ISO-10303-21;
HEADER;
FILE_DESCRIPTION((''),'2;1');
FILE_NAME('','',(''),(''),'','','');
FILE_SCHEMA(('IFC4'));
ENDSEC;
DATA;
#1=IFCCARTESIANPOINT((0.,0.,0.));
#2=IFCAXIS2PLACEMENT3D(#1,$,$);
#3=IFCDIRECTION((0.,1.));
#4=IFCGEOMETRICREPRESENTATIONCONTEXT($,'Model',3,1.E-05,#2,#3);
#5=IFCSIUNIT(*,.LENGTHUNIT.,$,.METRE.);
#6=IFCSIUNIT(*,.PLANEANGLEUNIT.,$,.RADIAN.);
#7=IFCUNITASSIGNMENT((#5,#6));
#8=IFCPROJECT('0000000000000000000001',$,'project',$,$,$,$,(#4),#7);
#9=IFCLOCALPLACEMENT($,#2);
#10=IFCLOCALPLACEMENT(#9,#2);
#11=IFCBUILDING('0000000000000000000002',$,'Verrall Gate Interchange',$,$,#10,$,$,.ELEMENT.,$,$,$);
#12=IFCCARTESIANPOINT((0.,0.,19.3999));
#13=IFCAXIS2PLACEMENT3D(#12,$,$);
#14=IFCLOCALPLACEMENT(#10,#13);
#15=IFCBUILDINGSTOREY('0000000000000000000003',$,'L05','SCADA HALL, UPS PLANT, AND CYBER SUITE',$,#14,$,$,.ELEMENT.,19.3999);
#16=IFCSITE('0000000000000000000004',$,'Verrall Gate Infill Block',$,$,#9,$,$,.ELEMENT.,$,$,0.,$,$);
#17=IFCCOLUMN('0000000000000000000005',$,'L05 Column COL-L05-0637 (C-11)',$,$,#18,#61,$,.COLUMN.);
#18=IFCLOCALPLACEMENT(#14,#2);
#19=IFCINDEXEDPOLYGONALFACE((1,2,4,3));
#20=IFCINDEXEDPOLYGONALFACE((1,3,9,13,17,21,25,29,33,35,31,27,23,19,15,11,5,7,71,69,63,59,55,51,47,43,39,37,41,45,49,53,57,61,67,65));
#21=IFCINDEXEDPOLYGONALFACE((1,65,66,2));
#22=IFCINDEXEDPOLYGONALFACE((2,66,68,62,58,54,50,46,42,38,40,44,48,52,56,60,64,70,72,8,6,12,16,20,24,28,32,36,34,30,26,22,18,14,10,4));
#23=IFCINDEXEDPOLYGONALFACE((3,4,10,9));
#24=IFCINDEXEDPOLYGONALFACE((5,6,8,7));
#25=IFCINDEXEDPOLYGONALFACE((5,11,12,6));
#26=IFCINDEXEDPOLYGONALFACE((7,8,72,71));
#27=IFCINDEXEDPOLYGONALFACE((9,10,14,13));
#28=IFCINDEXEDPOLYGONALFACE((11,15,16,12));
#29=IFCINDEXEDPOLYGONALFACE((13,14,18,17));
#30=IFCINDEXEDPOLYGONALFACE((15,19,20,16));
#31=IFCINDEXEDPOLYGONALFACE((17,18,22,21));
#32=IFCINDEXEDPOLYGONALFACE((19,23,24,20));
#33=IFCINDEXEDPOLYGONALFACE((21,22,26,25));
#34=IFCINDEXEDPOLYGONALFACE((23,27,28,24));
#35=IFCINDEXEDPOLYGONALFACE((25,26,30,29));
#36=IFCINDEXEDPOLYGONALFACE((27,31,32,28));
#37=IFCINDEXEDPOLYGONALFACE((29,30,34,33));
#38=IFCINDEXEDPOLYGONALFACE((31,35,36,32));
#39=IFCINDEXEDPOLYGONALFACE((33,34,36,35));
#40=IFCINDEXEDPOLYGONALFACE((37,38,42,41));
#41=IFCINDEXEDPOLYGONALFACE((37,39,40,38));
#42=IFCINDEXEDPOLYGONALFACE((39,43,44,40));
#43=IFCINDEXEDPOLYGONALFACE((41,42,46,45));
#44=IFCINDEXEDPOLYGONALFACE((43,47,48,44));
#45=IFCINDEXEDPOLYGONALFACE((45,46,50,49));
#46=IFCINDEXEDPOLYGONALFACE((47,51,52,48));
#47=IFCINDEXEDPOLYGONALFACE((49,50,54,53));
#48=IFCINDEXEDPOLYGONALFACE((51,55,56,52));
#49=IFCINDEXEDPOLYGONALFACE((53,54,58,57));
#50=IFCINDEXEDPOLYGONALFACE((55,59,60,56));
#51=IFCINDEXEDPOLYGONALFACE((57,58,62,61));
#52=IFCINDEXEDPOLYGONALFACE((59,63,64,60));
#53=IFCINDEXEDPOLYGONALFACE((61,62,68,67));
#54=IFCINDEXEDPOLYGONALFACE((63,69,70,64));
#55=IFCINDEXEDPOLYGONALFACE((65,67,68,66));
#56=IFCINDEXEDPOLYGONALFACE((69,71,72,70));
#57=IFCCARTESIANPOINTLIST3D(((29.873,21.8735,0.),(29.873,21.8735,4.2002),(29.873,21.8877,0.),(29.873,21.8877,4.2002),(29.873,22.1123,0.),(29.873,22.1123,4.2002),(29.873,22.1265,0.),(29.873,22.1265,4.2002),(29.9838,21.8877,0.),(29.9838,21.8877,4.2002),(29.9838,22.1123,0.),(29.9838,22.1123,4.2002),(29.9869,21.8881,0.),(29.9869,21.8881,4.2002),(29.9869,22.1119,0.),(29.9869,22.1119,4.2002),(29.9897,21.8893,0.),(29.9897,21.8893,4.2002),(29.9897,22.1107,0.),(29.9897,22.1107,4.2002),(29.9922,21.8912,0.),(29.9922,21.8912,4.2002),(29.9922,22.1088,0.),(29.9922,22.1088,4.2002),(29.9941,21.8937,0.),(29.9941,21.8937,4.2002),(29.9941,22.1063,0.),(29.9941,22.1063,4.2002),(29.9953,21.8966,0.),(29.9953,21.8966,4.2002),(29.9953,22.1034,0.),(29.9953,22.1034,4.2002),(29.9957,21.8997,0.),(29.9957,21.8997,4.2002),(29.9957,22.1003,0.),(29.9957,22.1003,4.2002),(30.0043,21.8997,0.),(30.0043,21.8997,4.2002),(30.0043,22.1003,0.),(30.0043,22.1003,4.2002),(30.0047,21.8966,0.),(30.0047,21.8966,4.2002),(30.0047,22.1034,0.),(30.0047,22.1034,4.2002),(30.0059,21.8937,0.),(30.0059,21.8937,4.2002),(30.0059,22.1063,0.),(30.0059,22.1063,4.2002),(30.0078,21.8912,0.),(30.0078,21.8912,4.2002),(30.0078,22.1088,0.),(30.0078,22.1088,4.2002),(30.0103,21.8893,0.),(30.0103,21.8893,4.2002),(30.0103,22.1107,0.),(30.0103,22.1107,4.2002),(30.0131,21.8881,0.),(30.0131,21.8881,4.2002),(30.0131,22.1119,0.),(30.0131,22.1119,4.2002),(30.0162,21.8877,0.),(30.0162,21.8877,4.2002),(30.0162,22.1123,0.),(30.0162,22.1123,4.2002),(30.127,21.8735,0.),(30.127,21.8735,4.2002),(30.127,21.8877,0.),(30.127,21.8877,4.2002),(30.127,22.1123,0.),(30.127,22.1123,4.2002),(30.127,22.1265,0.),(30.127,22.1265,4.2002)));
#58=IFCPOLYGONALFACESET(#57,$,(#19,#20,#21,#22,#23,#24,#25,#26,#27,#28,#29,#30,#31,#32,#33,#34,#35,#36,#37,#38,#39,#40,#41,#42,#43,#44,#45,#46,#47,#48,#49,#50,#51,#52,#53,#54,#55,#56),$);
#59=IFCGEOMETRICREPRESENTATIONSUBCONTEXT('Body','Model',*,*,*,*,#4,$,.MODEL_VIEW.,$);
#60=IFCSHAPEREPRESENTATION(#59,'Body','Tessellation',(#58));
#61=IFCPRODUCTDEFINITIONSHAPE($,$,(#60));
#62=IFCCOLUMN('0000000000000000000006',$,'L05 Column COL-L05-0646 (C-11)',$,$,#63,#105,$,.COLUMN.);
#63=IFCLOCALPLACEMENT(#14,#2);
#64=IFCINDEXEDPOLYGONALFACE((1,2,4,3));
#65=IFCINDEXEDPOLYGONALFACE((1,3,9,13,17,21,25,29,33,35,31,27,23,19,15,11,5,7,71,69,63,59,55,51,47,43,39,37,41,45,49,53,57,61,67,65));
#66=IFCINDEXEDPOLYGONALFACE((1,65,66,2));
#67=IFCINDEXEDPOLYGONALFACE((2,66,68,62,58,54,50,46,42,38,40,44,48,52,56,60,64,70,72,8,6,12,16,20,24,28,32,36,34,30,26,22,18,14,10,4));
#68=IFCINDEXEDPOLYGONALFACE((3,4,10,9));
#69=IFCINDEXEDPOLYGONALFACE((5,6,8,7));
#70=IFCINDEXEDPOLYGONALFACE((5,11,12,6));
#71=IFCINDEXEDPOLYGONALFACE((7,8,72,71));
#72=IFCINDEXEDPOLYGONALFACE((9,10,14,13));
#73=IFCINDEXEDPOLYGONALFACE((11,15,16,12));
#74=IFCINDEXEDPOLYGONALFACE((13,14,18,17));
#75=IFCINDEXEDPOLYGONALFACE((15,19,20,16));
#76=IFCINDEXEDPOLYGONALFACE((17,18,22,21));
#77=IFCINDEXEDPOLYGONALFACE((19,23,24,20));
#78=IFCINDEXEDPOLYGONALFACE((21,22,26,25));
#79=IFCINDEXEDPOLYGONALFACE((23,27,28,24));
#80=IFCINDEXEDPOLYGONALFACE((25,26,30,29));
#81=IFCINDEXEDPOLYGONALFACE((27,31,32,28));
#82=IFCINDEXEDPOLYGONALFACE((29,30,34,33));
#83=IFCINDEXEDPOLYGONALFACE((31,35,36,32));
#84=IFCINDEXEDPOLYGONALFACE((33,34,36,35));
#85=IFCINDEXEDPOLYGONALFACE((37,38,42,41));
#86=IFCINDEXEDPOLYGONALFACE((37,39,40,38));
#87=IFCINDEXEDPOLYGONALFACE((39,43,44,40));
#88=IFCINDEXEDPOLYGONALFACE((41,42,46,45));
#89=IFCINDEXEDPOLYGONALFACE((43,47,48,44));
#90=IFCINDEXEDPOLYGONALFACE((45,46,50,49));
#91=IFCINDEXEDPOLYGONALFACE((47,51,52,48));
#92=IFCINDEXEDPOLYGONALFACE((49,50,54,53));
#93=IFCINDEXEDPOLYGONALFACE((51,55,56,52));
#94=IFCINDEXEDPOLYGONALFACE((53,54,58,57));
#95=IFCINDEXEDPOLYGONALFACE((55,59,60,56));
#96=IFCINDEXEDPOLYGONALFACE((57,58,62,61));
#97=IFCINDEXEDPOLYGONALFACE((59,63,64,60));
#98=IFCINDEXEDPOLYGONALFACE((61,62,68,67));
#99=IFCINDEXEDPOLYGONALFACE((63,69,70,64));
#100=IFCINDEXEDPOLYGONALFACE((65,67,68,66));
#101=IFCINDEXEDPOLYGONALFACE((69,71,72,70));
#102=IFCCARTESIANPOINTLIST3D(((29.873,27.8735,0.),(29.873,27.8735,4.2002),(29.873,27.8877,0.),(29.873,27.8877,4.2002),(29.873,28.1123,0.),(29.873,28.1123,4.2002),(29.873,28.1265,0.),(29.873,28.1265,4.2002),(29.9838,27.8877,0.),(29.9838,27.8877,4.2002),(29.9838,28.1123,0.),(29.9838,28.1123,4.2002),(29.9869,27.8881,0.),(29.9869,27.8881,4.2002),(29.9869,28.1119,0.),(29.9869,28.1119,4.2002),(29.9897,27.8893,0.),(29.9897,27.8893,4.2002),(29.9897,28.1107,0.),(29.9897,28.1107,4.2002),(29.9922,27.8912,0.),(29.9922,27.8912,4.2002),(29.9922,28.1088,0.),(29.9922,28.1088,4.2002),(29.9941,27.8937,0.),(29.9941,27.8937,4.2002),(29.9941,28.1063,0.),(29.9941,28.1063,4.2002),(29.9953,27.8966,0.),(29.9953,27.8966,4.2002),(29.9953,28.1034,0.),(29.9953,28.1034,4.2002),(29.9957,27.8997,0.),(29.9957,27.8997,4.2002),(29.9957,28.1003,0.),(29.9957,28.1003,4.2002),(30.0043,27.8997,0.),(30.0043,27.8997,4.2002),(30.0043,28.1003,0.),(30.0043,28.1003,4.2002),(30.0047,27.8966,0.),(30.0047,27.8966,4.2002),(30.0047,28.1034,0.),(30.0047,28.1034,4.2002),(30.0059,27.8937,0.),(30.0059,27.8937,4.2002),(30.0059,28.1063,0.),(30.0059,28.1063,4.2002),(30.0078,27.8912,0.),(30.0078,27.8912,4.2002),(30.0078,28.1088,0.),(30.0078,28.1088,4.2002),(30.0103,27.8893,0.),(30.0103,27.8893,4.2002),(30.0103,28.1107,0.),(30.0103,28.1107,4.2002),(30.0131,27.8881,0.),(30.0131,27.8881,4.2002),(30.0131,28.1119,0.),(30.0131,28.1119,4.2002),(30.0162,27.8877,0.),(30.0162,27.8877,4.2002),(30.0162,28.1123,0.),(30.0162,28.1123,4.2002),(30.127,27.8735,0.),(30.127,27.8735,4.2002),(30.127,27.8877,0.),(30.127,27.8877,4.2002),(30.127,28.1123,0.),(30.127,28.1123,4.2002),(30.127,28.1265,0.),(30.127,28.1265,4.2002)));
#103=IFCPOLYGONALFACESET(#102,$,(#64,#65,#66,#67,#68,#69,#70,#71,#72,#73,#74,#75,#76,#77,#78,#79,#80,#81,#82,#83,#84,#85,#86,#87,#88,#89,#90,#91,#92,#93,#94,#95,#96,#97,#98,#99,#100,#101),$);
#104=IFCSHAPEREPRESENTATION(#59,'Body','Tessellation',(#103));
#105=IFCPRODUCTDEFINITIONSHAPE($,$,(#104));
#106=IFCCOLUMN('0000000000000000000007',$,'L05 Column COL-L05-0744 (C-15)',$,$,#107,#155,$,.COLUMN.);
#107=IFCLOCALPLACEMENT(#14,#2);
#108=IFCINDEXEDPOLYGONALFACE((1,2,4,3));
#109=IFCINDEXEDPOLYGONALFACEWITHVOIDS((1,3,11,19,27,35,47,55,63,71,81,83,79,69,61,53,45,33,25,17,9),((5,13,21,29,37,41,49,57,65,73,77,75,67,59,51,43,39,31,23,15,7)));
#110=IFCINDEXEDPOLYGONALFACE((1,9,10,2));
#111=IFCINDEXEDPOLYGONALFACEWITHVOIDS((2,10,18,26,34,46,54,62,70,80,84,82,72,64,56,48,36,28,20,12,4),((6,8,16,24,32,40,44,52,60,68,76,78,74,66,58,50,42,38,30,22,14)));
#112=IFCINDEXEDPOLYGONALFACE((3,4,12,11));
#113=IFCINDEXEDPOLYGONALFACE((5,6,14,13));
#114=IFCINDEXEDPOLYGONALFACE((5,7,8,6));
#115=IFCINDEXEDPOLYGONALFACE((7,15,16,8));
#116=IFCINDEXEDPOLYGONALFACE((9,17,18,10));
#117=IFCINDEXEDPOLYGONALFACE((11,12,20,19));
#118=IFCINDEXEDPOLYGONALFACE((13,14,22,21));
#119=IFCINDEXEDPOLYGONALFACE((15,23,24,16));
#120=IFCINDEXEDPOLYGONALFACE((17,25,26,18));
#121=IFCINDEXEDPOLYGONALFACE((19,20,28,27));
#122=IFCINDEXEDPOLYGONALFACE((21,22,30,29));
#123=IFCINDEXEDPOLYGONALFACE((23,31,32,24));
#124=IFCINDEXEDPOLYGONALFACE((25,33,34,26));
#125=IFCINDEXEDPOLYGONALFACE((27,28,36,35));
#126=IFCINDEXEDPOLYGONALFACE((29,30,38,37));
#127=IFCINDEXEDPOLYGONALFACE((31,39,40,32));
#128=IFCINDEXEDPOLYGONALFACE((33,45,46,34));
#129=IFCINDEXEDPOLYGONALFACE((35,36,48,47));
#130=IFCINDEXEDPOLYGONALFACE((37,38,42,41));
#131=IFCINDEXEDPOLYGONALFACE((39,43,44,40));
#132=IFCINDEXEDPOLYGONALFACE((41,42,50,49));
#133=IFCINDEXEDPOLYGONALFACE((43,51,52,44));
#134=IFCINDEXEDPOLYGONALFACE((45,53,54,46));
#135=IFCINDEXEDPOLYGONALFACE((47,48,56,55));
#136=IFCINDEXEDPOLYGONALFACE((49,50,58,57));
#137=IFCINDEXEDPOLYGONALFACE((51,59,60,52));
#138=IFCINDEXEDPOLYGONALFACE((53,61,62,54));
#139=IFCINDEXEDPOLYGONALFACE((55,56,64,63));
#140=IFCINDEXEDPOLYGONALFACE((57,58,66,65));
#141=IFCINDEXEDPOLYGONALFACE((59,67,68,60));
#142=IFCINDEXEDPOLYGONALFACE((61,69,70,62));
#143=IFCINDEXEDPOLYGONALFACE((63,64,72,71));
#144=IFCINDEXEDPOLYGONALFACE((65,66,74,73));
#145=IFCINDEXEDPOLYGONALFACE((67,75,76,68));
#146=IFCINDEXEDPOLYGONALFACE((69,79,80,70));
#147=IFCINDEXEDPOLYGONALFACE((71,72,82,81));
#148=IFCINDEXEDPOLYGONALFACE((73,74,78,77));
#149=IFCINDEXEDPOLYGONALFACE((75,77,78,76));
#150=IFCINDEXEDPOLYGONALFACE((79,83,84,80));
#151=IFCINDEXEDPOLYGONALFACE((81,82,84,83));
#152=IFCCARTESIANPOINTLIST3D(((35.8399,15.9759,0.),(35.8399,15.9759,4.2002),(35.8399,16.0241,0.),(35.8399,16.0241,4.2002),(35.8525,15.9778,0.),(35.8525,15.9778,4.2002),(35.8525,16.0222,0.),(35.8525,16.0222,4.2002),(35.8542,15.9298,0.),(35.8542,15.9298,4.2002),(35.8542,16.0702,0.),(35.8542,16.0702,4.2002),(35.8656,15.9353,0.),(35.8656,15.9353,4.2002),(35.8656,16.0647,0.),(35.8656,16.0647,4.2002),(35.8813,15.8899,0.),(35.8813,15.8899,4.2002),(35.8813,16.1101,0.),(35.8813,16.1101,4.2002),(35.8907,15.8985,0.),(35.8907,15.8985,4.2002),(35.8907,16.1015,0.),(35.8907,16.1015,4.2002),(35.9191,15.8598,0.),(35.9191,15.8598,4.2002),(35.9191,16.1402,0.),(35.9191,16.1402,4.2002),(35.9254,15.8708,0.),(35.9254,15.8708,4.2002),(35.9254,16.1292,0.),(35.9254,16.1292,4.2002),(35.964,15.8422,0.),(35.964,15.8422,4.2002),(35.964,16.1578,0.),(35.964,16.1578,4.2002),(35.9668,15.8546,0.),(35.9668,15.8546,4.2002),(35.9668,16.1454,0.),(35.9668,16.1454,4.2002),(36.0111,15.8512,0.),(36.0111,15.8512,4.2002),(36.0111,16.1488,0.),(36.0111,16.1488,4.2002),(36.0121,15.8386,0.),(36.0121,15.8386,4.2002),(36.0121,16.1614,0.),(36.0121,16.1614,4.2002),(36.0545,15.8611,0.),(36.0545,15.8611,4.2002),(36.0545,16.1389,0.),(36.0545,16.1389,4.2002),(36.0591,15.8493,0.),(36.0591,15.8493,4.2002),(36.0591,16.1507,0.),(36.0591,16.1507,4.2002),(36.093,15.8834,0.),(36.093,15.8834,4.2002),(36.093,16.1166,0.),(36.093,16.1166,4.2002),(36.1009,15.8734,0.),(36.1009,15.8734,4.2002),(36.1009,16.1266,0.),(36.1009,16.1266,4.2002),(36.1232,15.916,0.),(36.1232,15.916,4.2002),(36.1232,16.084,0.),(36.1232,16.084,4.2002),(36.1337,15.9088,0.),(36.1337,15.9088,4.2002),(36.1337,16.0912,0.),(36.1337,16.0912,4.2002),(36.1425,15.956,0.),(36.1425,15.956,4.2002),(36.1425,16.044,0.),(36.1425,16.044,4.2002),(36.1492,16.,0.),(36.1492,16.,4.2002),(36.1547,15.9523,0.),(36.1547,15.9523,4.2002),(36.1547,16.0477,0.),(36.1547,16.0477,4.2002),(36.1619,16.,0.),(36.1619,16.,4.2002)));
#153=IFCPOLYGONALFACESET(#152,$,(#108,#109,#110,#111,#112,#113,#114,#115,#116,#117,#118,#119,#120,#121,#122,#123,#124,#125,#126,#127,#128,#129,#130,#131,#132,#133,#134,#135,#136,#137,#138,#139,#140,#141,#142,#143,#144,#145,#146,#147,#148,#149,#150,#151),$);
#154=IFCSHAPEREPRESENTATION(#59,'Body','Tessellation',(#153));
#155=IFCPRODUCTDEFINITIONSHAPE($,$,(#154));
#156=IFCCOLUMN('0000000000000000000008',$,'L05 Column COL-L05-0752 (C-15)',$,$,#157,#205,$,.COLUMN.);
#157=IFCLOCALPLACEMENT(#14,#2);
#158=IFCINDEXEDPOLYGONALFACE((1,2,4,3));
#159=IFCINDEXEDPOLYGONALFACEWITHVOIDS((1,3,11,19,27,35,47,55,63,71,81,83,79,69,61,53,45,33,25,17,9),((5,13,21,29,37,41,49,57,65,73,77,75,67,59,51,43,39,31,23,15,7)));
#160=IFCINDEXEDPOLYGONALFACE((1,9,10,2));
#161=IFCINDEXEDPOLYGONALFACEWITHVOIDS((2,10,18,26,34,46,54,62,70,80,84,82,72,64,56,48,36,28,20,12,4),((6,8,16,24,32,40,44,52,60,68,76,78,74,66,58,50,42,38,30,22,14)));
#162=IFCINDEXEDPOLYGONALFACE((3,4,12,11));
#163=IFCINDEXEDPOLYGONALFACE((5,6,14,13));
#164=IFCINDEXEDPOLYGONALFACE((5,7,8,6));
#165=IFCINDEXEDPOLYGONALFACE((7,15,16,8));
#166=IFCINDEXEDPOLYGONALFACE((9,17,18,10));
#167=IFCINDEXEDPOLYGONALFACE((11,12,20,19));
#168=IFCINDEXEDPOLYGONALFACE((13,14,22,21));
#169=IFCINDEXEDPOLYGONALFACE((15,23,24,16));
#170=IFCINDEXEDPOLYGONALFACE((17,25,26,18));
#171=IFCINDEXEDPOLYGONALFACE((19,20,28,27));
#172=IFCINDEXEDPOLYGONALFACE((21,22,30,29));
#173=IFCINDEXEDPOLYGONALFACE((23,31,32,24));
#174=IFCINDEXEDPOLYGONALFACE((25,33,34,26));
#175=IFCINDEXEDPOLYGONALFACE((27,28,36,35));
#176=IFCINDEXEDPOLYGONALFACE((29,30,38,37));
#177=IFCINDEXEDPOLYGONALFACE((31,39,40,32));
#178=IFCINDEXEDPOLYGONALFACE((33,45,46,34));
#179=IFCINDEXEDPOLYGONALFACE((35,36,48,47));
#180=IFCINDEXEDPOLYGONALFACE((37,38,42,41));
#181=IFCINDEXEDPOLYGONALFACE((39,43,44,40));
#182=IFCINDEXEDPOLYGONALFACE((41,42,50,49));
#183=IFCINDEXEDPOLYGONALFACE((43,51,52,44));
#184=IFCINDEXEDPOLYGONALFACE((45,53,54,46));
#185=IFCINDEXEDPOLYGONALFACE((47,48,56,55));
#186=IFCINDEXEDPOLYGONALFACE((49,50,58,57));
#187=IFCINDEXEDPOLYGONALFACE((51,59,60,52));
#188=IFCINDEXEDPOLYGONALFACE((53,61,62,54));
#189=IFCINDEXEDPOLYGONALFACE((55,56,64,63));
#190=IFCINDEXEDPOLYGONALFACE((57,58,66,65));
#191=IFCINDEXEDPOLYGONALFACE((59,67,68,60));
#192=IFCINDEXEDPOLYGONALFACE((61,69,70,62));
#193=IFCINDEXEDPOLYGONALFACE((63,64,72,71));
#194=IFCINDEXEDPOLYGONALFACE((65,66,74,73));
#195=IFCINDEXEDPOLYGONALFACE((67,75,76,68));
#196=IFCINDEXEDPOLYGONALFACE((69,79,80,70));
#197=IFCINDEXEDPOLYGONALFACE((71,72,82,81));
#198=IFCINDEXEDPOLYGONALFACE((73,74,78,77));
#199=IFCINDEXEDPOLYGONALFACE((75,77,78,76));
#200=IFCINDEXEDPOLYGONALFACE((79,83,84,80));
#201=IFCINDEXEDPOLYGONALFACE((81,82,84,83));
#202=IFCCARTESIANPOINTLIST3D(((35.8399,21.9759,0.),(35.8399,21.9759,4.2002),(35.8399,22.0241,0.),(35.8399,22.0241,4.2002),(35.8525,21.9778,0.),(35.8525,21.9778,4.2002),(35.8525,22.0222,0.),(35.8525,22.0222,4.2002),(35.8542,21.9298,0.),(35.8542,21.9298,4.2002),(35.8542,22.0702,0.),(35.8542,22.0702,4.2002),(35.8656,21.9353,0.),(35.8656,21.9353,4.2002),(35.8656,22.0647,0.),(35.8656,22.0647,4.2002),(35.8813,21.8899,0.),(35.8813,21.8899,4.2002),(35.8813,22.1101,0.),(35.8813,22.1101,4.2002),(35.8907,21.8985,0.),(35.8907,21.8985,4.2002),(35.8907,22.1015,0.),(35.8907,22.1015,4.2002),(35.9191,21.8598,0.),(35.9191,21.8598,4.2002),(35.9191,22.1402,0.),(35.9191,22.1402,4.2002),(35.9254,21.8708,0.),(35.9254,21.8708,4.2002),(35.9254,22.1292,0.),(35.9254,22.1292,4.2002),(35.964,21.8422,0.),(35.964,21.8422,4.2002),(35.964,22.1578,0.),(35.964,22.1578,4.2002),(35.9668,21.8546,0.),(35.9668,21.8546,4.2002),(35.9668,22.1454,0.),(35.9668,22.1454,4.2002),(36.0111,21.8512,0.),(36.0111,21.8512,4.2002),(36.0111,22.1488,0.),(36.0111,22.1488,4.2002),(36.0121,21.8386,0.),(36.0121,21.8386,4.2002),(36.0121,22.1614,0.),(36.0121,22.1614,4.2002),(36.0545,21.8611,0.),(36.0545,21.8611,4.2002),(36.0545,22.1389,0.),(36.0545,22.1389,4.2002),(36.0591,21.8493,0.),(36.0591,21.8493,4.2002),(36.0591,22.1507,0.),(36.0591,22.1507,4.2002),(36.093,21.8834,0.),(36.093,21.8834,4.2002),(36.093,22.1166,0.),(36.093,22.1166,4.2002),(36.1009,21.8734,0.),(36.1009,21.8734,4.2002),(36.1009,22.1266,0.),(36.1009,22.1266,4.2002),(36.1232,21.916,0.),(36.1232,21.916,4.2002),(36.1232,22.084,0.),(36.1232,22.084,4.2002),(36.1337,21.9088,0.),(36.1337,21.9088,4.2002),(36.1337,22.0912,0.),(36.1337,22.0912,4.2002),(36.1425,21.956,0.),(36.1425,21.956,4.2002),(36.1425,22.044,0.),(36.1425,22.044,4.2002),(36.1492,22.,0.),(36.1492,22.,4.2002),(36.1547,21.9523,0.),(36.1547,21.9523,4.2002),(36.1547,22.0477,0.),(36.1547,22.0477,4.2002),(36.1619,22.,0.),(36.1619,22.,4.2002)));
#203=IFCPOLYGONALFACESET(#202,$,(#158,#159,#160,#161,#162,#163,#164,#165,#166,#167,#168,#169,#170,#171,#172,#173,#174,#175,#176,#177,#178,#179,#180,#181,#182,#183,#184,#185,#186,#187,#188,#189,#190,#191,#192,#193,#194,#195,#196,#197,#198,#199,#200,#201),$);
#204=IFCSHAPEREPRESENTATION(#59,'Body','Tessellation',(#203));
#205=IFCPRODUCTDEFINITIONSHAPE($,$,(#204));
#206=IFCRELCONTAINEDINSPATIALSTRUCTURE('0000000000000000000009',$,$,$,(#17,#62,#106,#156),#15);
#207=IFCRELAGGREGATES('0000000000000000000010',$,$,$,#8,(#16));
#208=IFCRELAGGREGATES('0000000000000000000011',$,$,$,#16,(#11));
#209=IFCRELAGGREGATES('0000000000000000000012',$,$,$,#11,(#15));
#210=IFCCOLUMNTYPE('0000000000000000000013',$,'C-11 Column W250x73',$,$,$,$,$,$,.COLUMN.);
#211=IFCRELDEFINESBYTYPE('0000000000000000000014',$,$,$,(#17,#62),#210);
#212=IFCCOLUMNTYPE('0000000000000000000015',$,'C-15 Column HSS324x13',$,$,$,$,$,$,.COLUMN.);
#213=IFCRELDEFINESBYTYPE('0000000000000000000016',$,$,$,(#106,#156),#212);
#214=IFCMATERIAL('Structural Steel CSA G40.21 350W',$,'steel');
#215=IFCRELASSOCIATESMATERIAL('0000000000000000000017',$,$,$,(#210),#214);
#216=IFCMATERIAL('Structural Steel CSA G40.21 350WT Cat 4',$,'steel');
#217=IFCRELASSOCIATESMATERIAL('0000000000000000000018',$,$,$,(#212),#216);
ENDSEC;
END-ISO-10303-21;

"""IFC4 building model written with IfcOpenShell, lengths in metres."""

from ifc_helpers import new_model, si_unit, direction, frame, origin, origin_2d, place, context, subcontext, project, spatial, hollow_circle, i_section, extrude, material, material_profile, profile_set, type_object, element, save


model = new_model("IFC4")

# Units and contexts
model_context = context("Model", 3, precision=1e-05, world=origin(), true_north=direction((0.0, 1.0)))
body_context = subcontext(model_context, "Body", "Model", "MODEL_VIEW")
ifc_project = project(units=[si_unit("LENGTHUNIT", "METRE"), si_unit("PLANEANGLEUNIT", "RADIAN")], contexts=[model_context])

# Site, building, storey
site_placement = place(None, origin())
site = spatial("IfcSite", under=ifc_project, at=site_placement, Name="Verrall Gate Infill Block", CompositionType="ELEMENT", RefElevation=0.0)
building_placement = place(site_placement, origin())
building = spatial("IfcBuilding", under=site, at=building_placement, Name="Verrall Gate Interchange", CompositionType="ELEMENT")
storey_placement = place(building_placement, frame((0.0, 0.0, 19.3999)))
storey = spatial("IfcBuildingStorey", under=building, at=storey_placement, Name="L05", Description="SCADA HALL, UPS PLANT, AND CYBER SUITE", CompositionType="ELEMENT", Elevation=19.3999)

# Columns
ifc_material_1 = material(Name="Structural Steel CSA G40.21 350W", Category="steel")
ifc_material_profile_1 = material_profile(ifc_material_1, i_section(OverallWidth=0.2539, OverallDepth=0.2529, WebThickness=0.0085, FlangeThickness=0.0142, FilletRadius=0.012, at=origin_2d()), Name="W250x73")
ifc_profile_set_1 = profile_set([ifc_material_profile_1], Name="Structural Steel CSA G40.21 350W")
column_type_1 = type_object("IfcColumnType", Name="C-11 Column W250x73", PredefinedType="COLUMN", material=ifc_profile_set_1)
for number, where, z_axis, x_axis, name in (
    (1, (30.0, 22.0, 0.0), (0.0, 0.0, 1.0), (1.0, 0.0, 0.0), "L05 Column COL-L05-0637 (C-11)"),
    (2, (30.0, 28.0, 0.0), (0.0, 0.0, 1.0), (1.0, 0.0, 0.0), "L05 Column COL-L05-0646 (C-11)"),
):
    element("IfcColumn", number, at=place(storey_placement, frame(where, z_axis=z_axis, x_axis=x_axis)), inside=storey, type_object=column_type_1, Name=name, PredefinedType="COLUMN", context=body_context, shape_type="SweptSolid", body=[
        extrude(i_section(OverallWidth=0.2539, OverallDepth=0.2529, WebThickness=0.0085, FlangeThickness=0.0142, FilletRadius=0.012, at=origin_2d()), origin(), (0.0, 0.0, 1.0), 4.2002),
    ])
ifc_material_2 = material(Name="Structural Steel CSA G40.21 350WT Cat 4", Category="steel")
ifc_material_profile_2 = material_profile(ifc_material_2, hollow_circle(Radius=0.1619, WallThickness=0.0127, at=origin_2d()), Name="HSS324x13")
ifc_profile_set_2 = profile_set([ifc_material_profile_2], Name="Structural Steel CSA G40.21 350WT Cat 4")
column_type_2 = type_object("IfcColumnType", Name="C-15 Column HSS324x13", PredefinedType="COLUMN", material=ifc_profile_set_2)
for number, where, z_axis, x_axis, name in (
    (3, (36.0, 16.0, 0.0), (0.0, 0.0, 1.0), (1.0, 0.0, 0.0), "L05 Column COL-L05-0744 (C-15)"),
    (4, (36.0, 22.0, 0.0), (0.0, 0.0, 1.0), (1.0, 0.0, 0.0), "L05 Column COL-L05-0752 (C-15)"),
):
    element("IfcColumn", number, at=place(storey_placement, frame(where, z_axis=z_axis, x_axis=x_axis)), inside=storey, type_object=column_type_2, Name=name, PredefinedType="COLUMN", context=body_context, shape_type="SweptSolid", body=[
        extrude(hollow_circle(Radius=0.1619, WallThickness=0.0127, at=origin_2d()), origin(), (0.0, 0.0, 1.0), 4.2002),
    ])

save(model, "model.ifc")
